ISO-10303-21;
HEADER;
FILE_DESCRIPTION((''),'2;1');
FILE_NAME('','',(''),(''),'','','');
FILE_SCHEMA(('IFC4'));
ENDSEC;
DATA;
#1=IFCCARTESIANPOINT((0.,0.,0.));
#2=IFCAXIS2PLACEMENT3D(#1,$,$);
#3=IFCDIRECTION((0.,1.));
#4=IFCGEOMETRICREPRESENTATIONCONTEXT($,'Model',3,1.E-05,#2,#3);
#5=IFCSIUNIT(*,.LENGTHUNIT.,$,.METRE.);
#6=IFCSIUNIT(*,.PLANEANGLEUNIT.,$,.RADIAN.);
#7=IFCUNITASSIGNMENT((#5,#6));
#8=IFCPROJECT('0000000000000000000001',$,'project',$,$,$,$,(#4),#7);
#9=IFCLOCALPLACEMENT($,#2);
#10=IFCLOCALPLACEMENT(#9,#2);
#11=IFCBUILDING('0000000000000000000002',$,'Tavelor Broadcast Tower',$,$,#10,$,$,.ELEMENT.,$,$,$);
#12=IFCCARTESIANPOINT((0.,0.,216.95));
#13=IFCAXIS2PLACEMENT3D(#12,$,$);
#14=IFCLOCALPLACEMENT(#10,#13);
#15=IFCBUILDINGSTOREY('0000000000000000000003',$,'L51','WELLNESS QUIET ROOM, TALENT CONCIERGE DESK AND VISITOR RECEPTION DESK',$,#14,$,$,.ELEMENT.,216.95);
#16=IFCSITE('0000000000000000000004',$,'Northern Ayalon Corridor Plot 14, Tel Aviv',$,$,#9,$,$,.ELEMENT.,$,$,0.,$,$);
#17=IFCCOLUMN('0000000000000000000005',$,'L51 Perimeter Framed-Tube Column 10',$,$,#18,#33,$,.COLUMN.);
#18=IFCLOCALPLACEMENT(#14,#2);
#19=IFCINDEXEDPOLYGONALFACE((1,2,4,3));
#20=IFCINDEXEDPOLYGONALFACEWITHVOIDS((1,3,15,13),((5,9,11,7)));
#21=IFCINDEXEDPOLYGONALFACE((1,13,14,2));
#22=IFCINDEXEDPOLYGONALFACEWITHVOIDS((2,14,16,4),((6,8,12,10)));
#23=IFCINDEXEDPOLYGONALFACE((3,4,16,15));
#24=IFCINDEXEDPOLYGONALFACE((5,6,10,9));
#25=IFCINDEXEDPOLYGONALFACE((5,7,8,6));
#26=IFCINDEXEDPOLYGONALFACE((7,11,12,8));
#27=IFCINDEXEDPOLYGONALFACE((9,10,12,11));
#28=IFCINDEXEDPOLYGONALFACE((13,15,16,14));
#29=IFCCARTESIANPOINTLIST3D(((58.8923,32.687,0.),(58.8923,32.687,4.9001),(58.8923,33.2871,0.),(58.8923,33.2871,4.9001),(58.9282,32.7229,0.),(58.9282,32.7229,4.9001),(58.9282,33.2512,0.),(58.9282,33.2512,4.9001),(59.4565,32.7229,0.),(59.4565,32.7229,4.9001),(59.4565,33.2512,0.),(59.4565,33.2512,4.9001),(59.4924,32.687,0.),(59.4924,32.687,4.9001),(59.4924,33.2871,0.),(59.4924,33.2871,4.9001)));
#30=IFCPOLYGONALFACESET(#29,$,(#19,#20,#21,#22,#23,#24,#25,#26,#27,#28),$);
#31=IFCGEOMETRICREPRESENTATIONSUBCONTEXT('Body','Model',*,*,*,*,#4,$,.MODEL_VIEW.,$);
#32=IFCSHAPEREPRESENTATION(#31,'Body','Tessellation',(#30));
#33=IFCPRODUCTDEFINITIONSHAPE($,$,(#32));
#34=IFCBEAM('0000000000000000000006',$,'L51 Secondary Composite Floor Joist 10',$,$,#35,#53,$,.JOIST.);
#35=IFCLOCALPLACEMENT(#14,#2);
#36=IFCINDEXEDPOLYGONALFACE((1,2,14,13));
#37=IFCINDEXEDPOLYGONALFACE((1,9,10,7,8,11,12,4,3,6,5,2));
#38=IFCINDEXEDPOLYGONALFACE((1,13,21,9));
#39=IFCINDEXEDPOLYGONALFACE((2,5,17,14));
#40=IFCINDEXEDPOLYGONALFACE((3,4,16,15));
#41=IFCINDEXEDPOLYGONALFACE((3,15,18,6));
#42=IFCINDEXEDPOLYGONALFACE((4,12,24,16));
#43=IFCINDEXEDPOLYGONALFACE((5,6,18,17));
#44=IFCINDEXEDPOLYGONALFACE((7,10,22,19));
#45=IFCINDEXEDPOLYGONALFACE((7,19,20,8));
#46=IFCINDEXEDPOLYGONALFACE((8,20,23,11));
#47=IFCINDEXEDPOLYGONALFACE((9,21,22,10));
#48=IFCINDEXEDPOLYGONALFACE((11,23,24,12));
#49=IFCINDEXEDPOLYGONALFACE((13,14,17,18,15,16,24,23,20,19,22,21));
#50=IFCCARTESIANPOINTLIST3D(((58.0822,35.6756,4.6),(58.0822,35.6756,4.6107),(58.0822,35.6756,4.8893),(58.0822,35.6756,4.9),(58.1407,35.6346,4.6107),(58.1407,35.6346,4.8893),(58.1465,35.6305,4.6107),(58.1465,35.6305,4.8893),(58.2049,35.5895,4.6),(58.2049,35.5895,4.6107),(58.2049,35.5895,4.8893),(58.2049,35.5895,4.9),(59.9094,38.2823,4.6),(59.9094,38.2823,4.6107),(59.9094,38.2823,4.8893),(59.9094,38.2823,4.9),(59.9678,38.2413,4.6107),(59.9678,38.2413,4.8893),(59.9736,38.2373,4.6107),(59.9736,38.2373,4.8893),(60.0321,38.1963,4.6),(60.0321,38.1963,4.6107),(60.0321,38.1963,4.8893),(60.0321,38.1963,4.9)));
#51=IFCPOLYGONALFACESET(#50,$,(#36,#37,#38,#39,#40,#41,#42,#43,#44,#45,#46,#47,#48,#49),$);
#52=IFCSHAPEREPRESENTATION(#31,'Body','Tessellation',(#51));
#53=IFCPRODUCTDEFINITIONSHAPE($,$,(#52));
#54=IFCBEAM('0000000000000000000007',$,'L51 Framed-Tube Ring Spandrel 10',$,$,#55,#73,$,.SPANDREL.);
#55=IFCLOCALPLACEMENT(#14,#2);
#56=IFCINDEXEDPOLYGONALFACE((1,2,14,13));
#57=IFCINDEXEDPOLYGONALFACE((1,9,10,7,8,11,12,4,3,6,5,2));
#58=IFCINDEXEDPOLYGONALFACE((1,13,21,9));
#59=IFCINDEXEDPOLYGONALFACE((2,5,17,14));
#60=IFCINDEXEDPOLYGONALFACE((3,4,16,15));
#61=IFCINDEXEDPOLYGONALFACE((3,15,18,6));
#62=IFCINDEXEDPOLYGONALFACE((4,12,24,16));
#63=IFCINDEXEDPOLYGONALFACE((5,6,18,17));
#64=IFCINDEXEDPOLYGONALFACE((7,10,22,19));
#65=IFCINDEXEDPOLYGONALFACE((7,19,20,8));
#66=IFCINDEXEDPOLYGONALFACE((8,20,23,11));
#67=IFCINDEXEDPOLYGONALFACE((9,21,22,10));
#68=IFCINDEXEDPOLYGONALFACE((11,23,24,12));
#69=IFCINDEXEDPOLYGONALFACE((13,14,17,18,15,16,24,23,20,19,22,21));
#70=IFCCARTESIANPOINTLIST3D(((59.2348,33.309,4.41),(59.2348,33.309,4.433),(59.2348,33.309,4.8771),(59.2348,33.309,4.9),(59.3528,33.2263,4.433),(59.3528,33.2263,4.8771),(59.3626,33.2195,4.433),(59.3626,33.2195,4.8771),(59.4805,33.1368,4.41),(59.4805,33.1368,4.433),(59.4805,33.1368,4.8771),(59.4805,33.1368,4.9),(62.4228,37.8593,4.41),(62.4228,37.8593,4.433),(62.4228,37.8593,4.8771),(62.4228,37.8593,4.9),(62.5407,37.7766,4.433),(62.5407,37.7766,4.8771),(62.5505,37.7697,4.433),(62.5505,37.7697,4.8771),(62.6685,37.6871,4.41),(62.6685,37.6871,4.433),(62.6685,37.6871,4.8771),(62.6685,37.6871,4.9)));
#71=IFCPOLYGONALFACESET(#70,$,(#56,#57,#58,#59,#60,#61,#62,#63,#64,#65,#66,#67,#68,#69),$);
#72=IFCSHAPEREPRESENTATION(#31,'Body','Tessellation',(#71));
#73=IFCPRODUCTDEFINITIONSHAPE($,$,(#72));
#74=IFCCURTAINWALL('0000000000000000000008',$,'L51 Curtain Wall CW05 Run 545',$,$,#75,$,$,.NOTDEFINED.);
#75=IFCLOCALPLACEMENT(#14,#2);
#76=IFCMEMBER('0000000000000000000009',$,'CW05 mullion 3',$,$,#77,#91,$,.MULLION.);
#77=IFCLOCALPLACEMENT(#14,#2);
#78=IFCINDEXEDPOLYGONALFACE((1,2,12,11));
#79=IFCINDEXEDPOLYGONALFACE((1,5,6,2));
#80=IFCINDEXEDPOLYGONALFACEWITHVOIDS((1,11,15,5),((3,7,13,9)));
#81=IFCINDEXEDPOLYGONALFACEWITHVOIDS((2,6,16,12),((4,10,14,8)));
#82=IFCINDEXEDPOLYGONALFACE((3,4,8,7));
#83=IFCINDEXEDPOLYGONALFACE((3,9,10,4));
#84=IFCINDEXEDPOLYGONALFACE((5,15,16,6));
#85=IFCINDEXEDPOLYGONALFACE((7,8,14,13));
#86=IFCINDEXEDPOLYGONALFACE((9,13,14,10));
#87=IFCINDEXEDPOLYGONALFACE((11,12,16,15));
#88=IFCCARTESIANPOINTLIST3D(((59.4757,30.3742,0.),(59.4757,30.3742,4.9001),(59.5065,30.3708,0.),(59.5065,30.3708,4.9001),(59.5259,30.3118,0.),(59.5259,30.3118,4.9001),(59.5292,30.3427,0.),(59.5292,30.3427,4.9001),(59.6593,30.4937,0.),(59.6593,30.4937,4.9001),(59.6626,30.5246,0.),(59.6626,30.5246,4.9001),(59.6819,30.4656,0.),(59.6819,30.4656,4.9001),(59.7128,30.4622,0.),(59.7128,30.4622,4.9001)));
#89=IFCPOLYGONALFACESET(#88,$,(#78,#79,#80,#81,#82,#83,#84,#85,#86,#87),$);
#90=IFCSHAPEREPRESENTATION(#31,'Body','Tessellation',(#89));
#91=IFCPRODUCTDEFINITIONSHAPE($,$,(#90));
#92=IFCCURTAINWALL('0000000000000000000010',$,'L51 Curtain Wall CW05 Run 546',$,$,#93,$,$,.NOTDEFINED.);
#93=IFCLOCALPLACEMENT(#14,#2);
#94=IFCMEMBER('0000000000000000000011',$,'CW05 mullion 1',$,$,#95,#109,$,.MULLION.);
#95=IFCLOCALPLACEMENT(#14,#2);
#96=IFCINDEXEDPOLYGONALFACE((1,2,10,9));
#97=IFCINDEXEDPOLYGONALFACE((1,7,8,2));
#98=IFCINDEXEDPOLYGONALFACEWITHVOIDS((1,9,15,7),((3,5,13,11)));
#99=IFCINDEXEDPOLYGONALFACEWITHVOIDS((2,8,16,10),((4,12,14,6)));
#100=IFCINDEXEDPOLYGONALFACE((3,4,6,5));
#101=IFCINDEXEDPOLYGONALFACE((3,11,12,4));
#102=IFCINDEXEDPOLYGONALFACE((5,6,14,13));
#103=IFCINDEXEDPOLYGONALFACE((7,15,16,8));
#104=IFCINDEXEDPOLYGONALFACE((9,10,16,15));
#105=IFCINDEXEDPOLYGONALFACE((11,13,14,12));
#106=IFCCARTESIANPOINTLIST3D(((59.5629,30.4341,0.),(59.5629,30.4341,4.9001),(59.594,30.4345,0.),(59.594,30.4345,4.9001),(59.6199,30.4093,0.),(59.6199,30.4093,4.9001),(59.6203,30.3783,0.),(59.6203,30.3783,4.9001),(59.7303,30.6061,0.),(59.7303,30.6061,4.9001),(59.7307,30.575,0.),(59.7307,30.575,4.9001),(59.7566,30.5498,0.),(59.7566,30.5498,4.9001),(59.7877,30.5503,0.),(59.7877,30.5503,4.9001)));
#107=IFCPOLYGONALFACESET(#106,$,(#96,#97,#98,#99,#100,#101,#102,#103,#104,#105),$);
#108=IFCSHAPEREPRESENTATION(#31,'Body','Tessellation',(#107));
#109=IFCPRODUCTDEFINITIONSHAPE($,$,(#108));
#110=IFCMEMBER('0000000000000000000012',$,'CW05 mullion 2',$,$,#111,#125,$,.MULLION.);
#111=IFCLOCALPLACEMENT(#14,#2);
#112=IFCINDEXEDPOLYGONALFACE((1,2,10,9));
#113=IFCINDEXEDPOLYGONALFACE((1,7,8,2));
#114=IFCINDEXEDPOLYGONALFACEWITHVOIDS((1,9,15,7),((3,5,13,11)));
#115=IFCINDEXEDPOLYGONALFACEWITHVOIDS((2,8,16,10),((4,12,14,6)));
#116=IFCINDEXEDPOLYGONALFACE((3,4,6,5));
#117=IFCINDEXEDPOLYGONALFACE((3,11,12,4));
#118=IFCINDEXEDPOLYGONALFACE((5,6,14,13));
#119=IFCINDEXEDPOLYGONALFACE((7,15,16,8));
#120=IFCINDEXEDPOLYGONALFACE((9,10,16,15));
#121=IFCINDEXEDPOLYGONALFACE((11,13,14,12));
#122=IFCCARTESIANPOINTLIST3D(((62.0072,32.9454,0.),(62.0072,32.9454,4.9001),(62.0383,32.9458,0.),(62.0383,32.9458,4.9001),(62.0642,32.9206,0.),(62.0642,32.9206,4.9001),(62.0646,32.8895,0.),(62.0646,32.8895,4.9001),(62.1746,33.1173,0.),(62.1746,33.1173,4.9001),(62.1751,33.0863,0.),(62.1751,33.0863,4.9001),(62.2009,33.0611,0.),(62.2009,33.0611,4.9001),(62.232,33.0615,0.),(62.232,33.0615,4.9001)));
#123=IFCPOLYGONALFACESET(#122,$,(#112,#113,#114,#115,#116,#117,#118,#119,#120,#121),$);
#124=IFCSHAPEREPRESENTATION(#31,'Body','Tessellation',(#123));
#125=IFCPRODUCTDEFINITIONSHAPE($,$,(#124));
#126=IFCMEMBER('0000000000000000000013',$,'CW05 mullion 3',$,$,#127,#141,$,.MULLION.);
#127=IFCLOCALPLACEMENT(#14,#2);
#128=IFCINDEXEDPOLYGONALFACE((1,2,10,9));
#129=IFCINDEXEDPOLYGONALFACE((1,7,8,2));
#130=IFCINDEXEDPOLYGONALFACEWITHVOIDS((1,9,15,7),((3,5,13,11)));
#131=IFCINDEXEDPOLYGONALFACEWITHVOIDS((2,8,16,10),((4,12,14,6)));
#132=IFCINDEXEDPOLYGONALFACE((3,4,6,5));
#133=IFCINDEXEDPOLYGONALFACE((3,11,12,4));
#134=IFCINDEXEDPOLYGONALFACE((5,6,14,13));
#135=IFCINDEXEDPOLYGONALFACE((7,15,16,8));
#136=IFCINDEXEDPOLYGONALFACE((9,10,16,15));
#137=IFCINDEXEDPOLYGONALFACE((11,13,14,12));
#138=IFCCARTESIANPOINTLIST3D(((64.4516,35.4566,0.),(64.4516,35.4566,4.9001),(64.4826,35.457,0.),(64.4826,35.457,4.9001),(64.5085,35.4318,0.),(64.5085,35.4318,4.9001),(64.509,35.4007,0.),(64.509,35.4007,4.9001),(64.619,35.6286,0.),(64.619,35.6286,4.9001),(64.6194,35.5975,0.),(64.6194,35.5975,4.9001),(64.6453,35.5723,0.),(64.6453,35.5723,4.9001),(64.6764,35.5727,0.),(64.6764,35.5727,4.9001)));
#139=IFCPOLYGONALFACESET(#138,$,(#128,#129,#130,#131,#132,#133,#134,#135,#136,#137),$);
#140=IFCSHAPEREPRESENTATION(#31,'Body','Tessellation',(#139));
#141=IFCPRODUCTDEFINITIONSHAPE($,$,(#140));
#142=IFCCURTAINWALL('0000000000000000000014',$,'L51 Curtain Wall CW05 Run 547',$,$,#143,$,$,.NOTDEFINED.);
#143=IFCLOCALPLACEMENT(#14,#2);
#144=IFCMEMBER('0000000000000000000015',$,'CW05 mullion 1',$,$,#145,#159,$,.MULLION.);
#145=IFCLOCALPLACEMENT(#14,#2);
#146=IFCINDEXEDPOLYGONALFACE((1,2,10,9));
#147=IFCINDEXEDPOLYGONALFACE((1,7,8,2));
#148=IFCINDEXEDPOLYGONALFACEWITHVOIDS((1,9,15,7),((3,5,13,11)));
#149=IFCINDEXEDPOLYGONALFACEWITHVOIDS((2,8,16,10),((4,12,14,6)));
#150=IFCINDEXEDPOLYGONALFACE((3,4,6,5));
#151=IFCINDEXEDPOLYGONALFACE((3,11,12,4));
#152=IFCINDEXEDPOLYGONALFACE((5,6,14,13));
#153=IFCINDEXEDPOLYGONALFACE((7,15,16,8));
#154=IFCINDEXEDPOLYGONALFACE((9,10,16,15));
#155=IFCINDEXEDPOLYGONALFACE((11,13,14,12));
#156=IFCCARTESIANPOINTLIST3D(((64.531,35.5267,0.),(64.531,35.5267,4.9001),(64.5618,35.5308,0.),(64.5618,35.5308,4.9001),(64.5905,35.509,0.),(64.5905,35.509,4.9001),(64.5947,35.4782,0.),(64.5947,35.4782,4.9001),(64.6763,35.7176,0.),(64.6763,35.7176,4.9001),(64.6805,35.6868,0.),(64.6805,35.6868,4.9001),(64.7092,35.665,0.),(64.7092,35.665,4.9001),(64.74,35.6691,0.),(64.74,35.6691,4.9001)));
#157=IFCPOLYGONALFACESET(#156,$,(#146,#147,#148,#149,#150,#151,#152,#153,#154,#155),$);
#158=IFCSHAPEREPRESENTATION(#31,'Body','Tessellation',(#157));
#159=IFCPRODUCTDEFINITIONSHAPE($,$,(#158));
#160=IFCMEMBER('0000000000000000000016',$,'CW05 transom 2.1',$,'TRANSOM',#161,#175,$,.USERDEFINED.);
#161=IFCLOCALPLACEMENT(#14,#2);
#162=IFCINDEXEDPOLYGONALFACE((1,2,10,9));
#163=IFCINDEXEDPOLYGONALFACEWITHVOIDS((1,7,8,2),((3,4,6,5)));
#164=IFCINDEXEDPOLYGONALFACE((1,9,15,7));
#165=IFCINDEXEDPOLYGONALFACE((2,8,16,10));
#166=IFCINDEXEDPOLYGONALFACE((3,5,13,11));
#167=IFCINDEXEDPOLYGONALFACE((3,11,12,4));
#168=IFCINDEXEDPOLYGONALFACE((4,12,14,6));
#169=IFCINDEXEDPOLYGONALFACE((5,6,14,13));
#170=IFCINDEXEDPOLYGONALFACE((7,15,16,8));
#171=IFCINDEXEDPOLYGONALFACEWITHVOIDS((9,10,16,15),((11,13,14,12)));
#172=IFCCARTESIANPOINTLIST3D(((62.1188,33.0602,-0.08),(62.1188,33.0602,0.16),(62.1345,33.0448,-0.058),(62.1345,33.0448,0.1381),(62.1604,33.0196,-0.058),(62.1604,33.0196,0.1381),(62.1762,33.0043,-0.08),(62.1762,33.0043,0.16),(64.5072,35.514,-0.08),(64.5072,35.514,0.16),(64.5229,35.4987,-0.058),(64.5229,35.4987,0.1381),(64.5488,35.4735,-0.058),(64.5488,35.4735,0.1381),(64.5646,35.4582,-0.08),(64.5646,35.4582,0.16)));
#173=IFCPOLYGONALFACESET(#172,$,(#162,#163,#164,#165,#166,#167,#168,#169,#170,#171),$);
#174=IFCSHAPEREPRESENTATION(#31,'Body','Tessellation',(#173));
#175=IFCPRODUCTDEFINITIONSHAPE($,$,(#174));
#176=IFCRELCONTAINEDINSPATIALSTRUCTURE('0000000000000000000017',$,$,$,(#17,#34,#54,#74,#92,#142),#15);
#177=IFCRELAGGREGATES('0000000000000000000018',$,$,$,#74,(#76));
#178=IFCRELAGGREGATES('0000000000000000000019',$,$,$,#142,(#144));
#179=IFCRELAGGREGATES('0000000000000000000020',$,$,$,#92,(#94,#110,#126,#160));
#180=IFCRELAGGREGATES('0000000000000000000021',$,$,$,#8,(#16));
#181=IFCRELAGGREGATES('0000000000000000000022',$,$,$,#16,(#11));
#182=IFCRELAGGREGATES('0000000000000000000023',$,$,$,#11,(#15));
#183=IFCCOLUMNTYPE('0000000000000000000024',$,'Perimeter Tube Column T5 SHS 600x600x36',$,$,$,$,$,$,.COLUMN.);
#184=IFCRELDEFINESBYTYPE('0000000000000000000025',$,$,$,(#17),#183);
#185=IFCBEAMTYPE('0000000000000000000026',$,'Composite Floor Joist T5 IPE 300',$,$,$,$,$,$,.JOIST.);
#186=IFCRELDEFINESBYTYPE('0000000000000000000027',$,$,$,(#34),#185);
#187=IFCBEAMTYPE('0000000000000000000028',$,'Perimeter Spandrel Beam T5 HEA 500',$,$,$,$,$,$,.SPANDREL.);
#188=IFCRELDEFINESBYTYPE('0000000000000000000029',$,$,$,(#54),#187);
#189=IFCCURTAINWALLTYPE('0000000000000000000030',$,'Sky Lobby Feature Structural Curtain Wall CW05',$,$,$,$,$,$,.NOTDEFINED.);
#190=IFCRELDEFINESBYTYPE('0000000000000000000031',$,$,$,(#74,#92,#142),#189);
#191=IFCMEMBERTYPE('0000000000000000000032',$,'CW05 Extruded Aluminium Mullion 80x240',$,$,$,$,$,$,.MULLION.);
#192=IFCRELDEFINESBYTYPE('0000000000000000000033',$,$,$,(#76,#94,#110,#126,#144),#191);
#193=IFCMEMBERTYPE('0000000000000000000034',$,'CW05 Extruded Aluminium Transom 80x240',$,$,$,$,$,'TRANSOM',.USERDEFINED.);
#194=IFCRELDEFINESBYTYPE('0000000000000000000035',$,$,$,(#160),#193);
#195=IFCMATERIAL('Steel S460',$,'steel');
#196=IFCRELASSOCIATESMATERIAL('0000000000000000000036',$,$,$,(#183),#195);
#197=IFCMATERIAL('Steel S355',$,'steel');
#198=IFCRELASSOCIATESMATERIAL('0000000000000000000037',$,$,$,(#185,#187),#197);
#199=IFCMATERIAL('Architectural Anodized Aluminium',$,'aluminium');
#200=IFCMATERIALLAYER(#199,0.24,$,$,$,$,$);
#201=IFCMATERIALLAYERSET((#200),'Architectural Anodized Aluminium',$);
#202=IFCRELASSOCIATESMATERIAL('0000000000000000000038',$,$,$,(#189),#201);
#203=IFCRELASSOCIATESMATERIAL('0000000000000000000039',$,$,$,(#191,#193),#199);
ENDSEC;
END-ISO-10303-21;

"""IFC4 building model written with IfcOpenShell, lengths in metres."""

from ifc_helpers import new_model, si_unit, direction, frame, origin, origin_2d, place, context, subcontext, project, spatial, hollow_rectangle, i_section, extrude, source, transform, mapped, material, layer, layer_set, material_profile, profile_set, type_object, type_shapes, element, aggregate, save


model = new_model("IFC4")

# Units and contexts
model_context = context("Model", 3, precision=1e-05, world=origin(), true_north=direction((0.0, 1.0)))
body_context = subcontext(model_context, "Body", "Model", "MODEL_VIEW")
ifc_project = project(units=[si_unit("LENGTHUNIT", "METRE"), si_unit("PLANEANGLEUNIT", "RADIAN")], contexts=[model_context])

# Site, building, storey
site_placement = place(None, origin())
site = spatial("IfcSite", under=ifc_project, at=site_placement, Name="Northern Ayalon Corridor Plot 14, Tel Aviv", CompositionType="ELEMENT", RefElevation=0.0)
building_placement = place(site_placement, origin())
building = spatial("IfcBuilding", under=site, at=building_placement, Name="Tavelor Broadcast Tower", CompositionType="ELEMENT")
storey_placement = place(building_placement, frame((0.0, 0.0, 216.95)))
storey = spatial("IfcBuildingStorey", under=building, at=storey_placement, Name="L51", Description="WELLNESS QUIET ROOM, TALENT CONCIERGE DESK AND VISITOR RECEPTION DESK", CompositionType="ELEMENT", Elevation=216.95)

# Column
ifc_material_1 = material(Name="Steel S460", Category="steel")
ifc_material_profile_1 = material_profile(ifc_material_1, hollow_rectangle(XDim=0.6001, YDim=0.6001, WallThickness=0.0359, at=origin_2d()), Name="SHS 600x600x36")
ifc_profile_set_1 = profile_set([ifc_material_profile_1], Name="Steel S460")
column_type = type_object("IfcColumnType", Name="Perimeter Tube Column T5 SHS 600x600x36", PredefinedType="COLUMN", material=ifc_profile_set_1)
column_placement = place(storey_placement, frame((59.1924, 32.9871, 0.0), z_axis=(0.0, 0.0, 1.0), x_axis=(1.0, 0.0, 0.0)))
element("IfcColumn", 1, at=column_placement, inside=storey, type_object=column_type, Name="L51 Perimeter Framed-Tube Column 10", PredefinedType="COLUMN", context=body_context, shape_type="SweptSolid", body=[
    extrude(hollow_rectangle(XDim=0.6001, YDim=0.6001, WallThickness=0.0359, at=origin_2d()), origin(), (0.0, 0.0, 1.0), 4.9001),
])

# Beams
ifc_material_2 = material(Name="Steel S355", Category="steel")
ifc_material_profile_2 = material_profile(ifc_material_2, i_section(OverallWidth=0.1499, OverallDepth=0.3, WebThickness=0.0071, FlangeThickness=0.0107, at=origin_2d()), Name="IPE 300")
ifc_profile_set_2 = profile_set([ifc_material_profile_2], Name="Steel S355")
beam_type_1 = type_object("IfcBeamType", Name="Composite Floor Joist T5 IPE 300", PredefinedType="JOIST", material=ifc_profile_set_2)
beam_1_placement = place(storey_placement, frame((58.1436, 35.6326, 4.75), z_axis=(0.573982, 0.818868, 0.0), x_axis=(-0.818868, 0.573982, 0.0)))
element("IfcBeam", 2, at=beam_1_placement, inside=storey, type_object=beam_type_1, Name="L51 Secondary Composite Floor Joist 10", PredefinedType="JOIST", context=body_context, shape_type="SweptSolid", body=[
    extrude(i_section(OverallWidth=0.1499, OverallDepth=0.3, WebThickness=0.0071, FlangeThickness=0.0107, at=origin_2d()), origin(), (0.0, 0.0, 1.0), 3.1833),
])
ifc_material_profile_3 = material_profile(ifc_material_2, i_section(OverallWidth=0.3, OverallDepth=0.49, WebThickness=0.012, FlangeThickness=0.0229, at=origin_2d()), Name="HEA 500")
ifc_profile_set_3 = profile_set([ifc_material_profile_3], Name="Steel S355")
beam_type_2 = type_object("IfcBeamType", Name="Perimeter Spandrel Beam T5 HEA 500", PredefinedType="SPANDREL", material=ifc_profile_set_3)
beam_2_placement = place(storey_placement, frame((59.3577, 33.2229, 4.655), z_axis=(0.573798, 0.818997, 0.0), x_axis=(-0.818997, 0.573798, 0.0)))
element("IfcBeam", 3, at=beam_2_placement, inside=storey, type_object=beam_type_2, Name="L51 Framed-Tube Ring Spandrel 10", PredefinedType="SPANDREL", context=body_context, shape_type="SweptSolid", body=[
    extrude(i_section(OverallWidth=0.3, OverallDepth=0.49, WebThickness=0.012, FlangeThickness=0.0229, at=origin_2d()), origin(), (0.0, 0.0, 1.0), 5.5559),
])

# Curtain wall, member
ifc_material_3 = material(Name="Architectural Anodized Aluminium", Category="aluminium")
ifc_layer_1 = layer(ifc_material_3, 0.24)
ifc_layer_set_1 = layer_set([ifc_layer_1], Name="Architectural Anodized Aluminium")
curtain_wall_type = type_object("IfcCurtainWallType", Name="Sky Lobby Feature Structural Curtain Wall CW05", PredefinedType="NOTDEFINED", material=ifc_layer_set_1)
curtain_wall_1_placement = place(storey_placement, origin())
curtain_wall_1 = element("IfcCurtainWall", 4, at=curtain_wall_1_placement, inside=storey, type_object=curtain_wall_type, Name="L51 Curtain Wall CW05 Run 545", PredefinedType="NOTDEFINED")
ifc_material_profile_4 = material_profile(ifc_material_3, hollow_rectangle(XDim=0.0801, YDim=0.24, WallThickness=0.022, at=origin_2d()), Name="RHS 80x240x22")
ifc_profile_set_4 = profile_set([ifc_material_profile_4], Name="Architectural Anodized Aluminium")
member_type_1 = type_object("IfcMemberType", Name="CW05 Extruded Aluminium Mullion 80x240", PredefinedType="MULLION", material=ifc_profile_set_4)
shared_shape_1 = source(origin(), body_context, "Body", "SweptSolid", [
    extrude(hollow_rectangle(XDim=0.0801, YDim=0.24, WallThickness=0.022, at=origin_2d()), origin(), (0.0, 0.0, 1.0), 4.9001),
])
type_shapes(member_type_1, [shared_shape_1])
member_1_placement = place(storey_placement, frame((59.5942, 30.4182, 0.0), z_axis=(0.0, 0.0, 1.0), x_axis=(-0.626938, 0.779069, 0.0)))
member_1 = element("IfcMember", 5, at=member_1_placement, type_object=member_type_1, Name="CW05 mullion 3", PredefinedType="MULLION", context=body_context, shape_type="MappedRepresentation", body=[
    mapped(shared_shape_1, transform((0.0, 0.0, 0.0), scale=1.0)),
])

# Curtain wall, members
curtain_wall_2_placement = place(storey_placement, origin())
curtain_wall_2 = element("IfcCurtainWall", 6, at=curtain_wall_2_placement, inside=storey, type_object=curtain_wall_type, Name="L51 Curtain Wall CW05 Run 546", PredefinedType="NOTDEFINED")
member_2_placement = place(storey_placement, frame((59.6753, 30.4922, 0.0), z_axis=(0.0, 0.0, 1.0), x_axis=(-0.716606, 0.697478, 0.0)))
member_2 = element("IfcMember", 7, at=member_2_placement, type_object=member_type_1, Name="CW05 mullion 1", PredefinedType="MULLION", context=body_context, shape_type="MappedRepresentation", body=[
    mapped(shared_shape_1, transform((0.0, 0.0, 0.0), scale=1.0)),
])
member_3_placement = place(storey_placement, frame((62.1196, 33.0034, 0.0), z_axis=(0.0, 0.0, 1.0), x_axis=(-0.716606, 0.697478, 0.0)))
member_3 = element("IfcMember", 8, at=member_3_placement, type_object=member_type_1, Name="CW05 mullion 2", PredefinedType="MULLION", context=body_context, shape_type="MappedRepresentation", body=[
    mapped(shared_shape_1, transform((0.0, 0.0, 0.0), scale=1.0)),
])
member_4_placement = place(storey_placement, frame((64.564, 35.5146, 0.0), z_axis=(0.0, 0.0, 1.0), x_axis=(-0.716606, 0.697478, 0.0)))
member_4 = element("IfcMember", 9, at=member_4_placement, type_object=member_type_1, Name="CW05 mullion 3", PredefinedType="MULLION", context=body_context, shape_type="MappedRepresentation", body=[
    mapped(shared_shape_1, transform((0.0, 0.0, 0.0), scale=1.0)),
])

# Curtain wall, member
curtain_wall_3_placement = place(storey_placement, origin())
curtain_wall_3 = element("IfcCurtainWall", 10, at=curtain_wall_3_placement, inside=storey, type_object=curtain_wall_type, Name="L51 Curtain Wall CW05 Run 547", PredefinedType="NOTDEFINED")
member_5_placement = place(storey_placement, frame((64.6355, 35.5979, 0.0), z_axis=(0.0, 0.0, 1.0), x_axis=(-0.795746, 0.60563, 0.0)))
member_5 = element("IfcMember", 11, at=member_5_placement, type_object=member_type_1, Name="CW05 mullion 1", PredefinedType="MULLION", context=body_context, shape_type="MappedRepresentation", body=[
    mapped(shared_shape_1, transform((0.0, 0.0, 0.0), scale=1.0)),
])

# Member
ifc_material_profile_5 = material_profile(ifc_material_3, hollow_rectangle(XDim=0.0801, YDim=0.24, WallThickness=0.022, at=origin_2d()), Name="RHS 80x240x22")
ifc_profile_set_5 = profile_set([ifc_material_profile_5], Name="Architectural Anodized Aluminium")
member_type_2 = type_object("IfcMemberType", Name="CW05 Extruded Aluminium Transom 80x240", ElementType="TRANSOM", PredefinedType="USERDEFINED", material=ifc_profile_set_5)
shared_shape_2 = source(origin(), body_context, "Body", "SweptSolid", [
    extrude(hollow_rectangle(XDim=0.0801, YDim=0.24, WallThickness=0.022, at=origin_2d()), origin(), (0.0, 0.0, 1.0), 3.4243),
])
member_6_placement = place(storey_placement, frame((62.1475, 33.0322, 0.04), z_axis=(0.697489, 0.716596, 0.0), x_axis=(-0.716596, 0.697489, 0.0)))
member_6 = element("IfcMember", 12, at=member_6_placement, type_object=member_type_2, Name="CW05 transom 2.1", ObjectType="TRANSOM", PredefinedType="USERDEFINED", context=body_context, shape_type="MappedRepresentation", body=[
    mapped(shared_shape_2, transform((0.0, 0.0, 0.0), scale=1.0)),
])

aggregate(curtain_wall_1, [member_1])
aggregate(curtain_wall_3, [member_5])
aggregate(curtain_wall_2, [member_2, member_3, member_4, member_6])

save(model, "model.ifc")
